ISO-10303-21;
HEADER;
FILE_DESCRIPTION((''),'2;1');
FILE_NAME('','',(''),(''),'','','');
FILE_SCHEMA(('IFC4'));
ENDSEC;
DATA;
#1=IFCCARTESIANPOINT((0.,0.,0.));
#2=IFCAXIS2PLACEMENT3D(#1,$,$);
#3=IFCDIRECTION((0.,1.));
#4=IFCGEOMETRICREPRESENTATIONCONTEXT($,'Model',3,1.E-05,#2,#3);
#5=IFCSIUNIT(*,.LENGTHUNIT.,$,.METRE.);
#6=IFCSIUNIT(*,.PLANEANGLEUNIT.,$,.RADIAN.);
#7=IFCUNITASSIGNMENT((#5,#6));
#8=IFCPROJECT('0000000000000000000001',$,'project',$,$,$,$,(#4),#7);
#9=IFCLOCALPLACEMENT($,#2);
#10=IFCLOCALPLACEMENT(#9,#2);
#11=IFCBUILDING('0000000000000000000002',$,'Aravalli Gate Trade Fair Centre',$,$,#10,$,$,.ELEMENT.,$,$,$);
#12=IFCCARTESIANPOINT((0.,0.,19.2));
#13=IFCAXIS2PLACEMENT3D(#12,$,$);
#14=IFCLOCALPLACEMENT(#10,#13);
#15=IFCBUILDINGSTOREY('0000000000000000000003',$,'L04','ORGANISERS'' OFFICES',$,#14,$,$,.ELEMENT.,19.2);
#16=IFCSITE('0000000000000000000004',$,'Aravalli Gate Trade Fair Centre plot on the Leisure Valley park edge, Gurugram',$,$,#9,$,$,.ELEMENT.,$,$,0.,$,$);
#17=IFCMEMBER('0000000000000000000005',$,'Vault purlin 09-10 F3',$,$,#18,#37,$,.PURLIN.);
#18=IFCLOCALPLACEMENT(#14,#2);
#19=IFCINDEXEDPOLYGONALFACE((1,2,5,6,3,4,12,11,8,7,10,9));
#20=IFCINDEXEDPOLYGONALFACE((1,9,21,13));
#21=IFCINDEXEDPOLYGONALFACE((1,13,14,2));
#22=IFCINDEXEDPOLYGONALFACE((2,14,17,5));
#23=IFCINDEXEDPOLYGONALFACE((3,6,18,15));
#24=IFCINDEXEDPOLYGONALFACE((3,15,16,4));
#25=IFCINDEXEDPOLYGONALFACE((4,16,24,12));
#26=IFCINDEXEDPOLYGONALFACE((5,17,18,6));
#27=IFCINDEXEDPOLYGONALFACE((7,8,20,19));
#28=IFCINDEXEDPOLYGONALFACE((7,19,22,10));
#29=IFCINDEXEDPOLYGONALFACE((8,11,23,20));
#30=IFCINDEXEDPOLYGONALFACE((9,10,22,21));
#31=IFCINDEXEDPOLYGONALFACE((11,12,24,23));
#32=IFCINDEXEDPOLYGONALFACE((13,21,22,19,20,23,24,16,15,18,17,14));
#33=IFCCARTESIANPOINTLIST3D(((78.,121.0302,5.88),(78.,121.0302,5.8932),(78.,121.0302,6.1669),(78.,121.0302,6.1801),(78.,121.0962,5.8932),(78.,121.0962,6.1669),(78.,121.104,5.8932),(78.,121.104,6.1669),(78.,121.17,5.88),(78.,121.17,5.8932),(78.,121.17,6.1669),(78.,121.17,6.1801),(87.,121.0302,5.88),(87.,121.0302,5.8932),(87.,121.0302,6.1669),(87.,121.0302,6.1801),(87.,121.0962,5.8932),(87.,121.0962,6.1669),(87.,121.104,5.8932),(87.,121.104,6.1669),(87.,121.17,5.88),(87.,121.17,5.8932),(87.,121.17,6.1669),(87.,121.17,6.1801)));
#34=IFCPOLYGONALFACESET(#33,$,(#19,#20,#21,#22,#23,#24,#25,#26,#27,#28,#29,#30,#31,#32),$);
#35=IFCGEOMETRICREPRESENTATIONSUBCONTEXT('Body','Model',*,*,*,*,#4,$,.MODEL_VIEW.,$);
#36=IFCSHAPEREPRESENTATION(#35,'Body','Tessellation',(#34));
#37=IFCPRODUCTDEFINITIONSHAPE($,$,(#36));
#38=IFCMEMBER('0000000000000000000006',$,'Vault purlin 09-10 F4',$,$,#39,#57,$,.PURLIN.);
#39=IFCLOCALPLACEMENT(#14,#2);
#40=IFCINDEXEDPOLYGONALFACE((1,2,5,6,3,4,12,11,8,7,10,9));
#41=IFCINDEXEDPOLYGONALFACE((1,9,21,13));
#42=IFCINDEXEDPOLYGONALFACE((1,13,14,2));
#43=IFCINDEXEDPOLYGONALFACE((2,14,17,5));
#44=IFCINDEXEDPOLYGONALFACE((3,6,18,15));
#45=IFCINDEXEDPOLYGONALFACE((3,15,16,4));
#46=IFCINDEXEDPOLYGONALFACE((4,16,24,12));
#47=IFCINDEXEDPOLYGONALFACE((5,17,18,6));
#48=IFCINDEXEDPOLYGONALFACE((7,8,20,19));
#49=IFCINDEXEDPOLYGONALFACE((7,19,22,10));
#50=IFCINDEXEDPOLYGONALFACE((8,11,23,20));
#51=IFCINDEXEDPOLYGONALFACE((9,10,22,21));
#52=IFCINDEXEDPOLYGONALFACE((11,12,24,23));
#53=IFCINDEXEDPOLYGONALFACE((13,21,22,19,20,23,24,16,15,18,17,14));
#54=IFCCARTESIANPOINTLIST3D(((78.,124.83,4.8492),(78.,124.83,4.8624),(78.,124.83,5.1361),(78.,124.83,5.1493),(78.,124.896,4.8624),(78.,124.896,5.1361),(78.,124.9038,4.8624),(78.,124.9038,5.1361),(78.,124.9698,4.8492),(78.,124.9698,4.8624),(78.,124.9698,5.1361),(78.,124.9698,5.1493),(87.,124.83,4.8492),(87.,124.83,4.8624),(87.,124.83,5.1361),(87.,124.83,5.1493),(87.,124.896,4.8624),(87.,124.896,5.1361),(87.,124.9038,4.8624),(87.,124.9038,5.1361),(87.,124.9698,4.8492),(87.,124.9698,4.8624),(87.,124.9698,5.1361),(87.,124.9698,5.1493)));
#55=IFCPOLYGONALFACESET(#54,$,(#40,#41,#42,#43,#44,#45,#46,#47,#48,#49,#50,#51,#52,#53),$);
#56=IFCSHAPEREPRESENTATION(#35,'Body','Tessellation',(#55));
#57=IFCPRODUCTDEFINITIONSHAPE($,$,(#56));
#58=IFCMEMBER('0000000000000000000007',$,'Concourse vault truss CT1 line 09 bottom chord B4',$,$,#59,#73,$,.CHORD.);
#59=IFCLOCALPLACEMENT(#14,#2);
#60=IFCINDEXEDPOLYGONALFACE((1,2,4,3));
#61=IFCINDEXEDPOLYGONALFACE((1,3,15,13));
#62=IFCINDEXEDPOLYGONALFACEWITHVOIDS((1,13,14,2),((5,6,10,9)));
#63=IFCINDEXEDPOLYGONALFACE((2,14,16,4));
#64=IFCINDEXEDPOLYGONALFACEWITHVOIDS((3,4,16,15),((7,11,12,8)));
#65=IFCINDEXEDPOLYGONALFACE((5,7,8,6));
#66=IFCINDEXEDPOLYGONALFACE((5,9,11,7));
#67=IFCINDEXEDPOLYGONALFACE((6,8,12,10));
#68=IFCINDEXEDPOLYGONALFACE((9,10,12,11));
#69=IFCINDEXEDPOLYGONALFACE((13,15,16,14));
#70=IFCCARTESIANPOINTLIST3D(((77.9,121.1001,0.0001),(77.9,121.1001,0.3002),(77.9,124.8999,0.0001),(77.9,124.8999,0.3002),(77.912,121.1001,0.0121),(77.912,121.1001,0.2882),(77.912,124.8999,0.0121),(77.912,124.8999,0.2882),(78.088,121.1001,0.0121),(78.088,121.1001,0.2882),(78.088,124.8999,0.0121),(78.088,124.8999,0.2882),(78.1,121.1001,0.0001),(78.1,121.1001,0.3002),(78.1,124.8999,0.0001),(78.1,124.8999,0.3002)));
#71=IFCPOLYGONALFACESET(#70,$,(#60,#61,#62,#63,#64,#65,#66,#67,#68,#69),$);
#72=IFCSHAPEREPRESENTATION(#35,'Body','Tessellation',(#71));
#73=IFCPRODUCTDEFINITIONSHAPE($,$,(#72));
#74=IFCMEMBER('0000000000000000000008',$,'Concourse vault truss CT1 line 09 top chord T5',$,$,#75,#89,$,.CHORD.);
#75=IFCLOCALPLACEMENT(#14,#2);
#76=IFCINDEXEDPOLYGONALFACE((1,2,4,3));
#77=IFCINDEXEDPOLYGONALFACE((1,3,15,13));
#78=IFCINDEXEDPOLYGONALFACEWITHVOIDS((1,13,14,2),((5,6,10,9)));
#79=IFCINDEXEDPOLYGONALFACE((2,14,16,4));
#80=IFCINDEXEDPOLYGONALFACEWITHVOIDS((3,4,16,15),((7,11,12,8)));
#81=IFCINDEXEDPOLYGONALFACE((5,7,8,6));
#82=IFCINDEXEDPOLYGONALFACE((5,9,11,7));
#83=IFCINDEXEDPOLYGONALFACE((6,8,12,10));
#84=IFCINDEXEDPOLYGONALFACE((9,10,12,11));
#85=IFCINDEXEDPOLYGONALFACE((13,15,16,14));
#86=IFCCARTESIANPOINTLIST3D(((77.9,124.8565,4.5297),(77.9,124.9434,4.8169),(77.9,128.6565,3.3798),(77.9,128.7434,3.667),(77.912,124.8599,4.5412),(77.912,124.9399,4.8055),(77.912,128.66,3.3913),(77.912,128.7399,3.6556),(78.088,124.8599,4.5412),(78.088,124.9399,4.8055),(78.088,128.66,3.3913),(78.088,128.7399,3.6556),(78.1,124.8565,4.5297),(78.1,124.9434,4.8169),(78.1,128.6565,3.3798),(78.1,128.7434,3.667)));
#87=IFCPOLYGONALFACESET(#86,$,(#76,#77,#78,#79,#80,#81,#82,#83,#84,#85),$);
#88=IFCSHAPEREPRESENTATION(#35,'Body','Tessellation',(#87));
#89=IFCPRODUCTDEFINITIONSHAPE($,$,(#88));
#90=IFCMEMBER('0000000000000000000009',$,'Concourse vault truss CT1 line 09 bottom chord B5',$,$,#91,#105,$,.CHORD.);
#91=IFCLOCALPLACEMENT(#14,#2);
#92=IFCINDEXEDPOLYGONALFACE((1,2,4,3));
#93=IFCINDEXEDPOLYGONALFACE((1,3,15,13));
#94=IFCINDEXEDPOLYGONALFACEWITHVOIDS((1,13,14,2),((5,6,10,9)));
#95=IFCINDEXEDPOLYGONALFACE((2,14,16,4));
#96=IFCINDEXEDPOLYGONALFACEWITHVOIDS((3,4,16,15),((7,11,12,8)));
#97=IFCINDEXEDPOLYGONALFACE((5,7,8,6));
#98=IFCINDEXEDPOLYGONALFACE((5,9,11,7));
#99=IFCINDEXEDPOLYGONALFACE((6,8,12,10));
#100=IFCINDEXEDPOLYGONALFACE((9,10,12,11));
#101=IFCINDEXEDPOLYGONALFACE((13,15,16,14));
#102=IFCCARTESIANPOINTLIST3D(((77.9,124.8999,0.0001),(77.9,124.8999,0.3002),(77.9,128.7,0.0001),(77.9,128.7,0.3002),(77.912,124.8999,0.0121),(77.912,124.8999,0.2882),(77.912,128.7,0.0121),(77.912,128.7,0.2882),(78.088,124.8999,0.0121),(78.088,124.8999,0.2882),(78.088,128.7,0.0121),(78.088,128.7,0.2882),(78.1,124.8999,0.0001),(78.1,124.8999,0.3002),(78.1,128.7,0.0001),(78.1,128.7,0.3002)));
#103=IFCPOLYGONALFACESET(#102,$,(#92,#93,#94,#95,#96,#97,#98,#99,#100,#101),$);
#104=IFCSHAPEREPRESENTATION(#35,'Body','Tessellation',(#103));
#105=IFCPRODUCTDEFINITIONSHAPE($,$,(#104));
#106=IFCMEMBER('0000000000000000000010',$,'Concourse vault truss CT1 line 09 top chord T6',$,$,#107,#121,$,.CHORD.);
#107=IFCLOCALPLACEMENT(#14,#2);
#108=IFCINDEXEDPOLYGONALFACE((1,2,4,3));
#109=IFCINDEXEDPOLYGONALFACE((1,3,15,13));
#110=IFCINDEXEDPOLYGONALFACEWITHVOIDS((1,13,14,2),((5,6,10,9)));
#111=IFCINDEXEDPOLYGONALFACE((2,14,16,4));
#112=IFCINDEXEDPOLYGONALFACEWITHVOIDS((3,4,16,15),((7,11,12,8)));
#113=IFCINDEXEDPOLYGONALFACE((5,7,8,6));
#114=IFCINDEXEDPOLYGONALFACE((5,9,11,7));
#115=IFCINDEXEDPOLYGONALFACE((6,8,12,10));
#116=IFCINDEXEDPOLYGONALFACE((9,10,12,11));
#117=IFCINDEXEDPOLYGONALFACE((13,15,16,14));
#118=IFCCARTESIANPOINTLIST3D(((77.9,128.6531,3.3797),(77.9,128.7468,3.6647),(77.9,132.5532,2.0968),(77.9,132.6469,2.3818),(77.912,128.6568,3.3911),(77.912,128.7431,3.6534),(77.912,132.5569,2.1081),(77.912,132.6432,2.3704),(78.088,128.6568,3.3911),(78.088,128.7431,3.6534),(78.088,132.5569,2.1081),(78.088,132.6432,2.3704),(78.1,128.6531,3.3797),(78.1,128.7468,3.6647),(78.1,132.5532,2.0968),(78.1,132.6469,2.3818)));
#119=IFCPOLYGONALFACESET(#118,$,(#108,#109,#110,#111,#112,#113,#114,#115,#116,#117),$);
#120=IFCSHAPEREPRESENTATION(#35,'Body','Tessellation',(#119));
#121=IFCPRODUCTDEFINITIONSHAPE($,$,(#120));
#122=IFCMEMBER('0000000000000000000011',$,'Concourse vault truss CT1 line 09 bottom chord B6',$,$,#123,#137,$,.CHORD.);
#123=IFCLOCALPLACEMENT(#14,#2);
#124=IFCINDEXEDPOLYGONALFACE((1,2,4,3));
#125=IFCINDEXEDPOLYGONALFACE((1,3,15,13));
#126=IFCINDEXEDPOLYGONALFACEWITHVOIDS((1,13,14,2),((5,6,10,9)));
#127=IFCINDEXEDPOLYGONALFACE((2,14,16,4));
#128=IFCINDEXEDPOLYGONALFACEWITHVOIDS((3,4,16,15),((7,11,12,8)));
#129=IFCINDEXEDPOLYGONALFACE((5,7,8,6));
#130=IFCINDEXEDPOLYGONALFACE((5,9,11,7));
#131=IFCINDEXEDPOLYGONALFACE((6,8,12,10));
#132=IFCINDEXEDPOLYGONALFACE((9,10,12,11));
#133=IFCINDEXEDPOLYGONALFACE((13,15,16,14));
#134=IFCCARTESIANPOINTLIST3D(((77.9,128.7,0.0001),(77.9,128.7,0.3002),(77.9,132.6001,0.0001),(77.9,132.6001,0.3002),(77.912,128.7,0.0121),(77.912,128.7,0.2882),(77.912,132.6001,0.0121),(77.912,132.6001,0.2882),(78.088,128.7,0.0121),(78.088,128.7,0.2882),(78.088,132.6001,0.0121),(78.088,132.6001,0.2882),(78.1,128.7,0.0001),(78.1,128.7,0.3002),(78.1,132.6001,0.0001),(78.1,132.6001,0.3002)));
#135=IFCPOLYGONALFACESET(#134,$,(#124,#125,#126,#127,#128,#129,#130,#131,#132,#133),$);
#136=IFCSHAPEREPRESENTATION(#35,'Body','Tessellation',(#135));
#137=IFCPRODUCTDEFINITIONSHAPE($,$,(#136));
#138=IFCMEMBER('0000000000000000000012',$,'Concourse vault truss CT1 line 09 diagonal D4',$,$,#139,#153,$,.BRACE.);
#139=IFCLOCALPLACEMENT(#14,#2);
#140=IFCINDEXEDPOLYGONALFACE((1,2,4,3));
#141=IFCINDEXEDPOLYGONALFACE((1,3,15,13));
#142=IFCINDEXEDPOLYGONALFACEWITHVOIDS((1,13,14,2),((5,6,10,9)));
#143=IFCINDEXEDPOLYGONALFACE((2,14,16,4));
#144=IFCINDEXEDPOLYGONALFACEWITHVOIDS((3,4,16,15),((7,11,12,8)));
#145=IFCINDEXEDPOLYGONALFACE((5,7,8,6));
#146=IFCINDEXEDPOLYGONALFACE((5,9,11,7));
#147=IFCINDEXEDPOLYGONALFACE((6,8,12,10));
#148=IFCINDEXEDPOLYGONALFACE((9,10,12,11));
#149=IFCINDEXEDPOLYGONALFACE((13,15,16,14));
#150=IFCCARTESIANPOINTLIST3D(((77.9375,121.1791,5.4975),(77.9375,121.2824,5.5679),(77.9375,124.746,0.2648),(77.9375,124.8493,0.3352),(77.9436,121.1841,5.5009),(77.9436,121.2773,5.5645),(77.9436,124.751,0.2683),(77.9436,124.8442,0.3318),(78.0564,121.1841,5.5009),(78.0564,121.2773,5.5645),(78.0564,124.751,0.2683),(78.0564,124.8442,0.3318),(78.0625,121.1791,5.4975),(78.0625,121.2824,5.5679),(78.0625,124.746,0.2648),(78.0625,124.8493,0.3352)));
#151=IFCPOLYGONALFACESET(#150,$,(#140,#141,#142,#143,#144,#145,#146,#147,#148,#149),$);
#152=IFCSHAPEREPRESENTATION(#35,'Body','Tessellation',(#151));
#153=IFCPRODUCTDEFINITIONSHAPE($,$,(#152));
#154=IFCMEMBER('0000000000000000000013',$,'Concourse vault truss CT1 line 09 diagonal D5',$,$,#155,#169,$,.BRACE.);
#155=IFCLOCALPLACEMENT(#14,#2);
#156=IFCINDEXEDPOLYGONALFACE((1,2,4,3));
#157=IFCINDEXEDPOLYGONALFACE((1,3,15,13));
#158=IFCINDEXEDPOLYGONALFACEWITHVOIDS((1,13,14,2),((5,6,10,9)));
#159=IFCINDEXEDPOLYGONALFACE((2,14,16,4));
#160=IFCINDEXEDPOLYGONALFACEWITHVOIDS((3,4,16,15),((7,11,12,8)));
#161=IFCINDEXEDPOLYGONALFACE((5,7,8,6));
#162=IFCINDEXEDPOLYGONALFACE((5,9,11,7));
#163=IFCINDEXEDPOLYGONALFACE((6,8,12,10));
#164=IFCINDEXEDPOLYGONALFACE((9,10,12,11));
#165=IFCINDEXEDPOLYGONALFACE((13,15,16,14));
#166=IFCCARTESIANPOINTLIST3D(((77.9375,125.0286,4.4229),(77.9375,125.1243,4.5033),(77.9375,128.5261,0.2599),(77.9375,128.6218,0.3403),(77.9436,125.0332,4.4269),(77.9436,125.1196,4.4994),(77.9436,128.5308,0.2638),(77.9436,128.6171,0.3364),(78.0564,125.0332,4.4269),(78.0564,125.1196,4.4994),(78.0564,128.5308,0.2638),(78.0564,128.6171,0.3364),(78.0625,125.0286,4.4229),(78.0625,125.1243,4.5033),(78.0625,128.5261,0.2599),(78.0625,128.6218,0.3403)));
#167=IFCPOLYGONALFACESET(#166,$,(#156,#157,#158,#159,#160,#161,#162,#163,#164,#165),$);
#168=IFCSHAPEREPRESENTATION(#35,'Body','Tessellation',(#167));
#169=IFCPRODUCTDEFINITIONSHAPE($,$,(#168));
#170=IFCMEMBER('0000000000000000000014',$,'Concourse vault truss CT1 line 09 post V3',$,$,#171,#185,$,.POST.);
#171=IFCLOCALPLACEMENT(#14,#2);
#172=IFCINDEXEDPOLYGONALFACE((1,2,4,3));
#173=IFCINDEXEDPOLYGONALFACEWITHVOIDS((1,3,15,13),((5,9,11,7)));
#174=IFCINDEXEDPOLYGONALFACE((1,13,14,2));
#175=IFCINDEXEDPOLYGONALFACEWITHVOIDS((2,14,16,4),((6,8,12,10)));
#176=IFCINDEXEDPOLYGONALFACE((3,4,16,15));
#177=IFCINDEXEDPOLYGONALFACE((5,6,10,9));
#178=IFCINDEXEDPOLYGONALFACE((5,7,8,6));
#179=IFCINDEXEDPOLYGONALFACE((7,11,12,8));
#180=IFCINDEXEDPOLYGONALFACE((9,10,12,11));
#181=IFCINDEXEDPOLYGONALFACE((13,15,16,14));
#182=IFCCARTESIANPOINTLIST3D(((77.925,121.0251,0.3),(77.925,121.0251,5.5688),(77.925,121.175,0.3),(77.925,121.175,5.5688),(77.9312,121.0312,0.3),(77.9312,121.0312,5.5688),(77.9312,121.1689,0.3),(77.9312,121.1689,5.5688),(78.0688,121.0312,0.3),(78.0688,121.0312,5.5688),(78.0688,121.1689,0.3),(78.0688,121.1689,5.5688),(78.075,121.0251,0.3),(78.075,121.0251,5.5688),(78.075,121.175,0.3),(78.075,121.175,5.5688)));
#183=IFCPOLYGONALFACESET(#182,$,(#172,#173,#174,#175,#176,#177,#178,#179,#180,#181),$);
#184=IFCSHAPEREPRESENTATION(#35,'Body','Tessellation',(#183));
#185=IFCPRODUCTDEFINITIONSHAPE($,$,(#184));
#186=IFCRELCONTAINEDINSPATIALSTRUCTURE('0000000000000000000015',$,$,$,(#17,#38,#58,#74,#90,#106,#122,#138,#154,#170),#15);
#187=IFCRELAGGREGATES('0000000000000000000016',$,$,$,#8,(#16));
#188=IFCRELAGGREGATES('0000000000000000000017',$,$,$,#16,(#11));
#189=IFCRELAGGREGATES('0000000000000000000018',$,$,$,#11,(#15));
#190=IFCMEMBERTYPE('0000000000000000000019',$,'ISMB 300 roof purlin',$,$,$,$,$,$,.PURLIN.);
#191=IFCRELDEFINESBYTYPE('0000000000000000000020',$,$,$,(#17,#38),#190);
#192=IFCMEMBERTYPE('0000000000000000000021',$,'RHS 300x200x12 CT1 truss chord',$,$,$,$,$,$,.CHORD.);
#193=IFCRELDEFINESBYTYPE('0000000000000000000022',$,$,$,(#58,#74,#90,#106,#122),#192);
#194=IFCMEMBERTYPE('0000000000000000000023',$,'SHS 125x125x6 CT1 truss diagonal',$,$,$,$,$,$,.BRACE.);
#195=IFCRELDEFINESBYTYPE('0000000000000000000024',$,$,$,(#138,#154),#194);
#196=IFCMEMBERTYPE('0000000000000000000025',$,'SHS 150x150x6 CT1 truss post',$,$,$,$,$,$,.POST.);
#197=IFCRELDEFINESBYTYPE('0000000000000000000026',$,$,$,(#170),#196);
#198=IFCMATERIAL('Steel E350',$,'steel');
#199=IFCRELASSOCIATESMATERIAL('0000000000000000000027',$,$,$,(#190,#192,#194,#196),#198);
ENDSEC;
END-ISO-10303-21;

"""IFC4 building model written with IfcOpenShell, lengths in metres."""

from ifc_helpers import new_model, si_unit, direction, frame, origin, origin_2d, place, context, subcontext, project, spatial, hollow_rectangle, i_section, extrude, material, material_profile, profile_set, type_object, element, save


model = new_model("IFC4")

# Units and contexts
model_context = context("Model", 3, precision=1e-05, world=origin(), true_north=direction((0.0, 1.0)))
body_context = subcontext(model_context, "Body", "Model", "MODEL_VIEW")
ifc_project = project(units=[si_unit("LENGTHUNIT", "METRE"), si_unit("PLANEANGLEUNIT", "RADIAN")], contexts=[model_context])

# Site, building, storey
site_placement = place(None, origin())
site = spatial("IfcSite", under=ifc_project, at=site_placement, Name="Aravalli Gate Trade Fair Centre plot on the Leisure Valley park edge, Gurugram", CompositionType="ELEMENT", RefElevation=0.0)
building_placement = place(site_placement, origin())
building = spatial("IfcBuilding", under=site, at=building_placement, Name="Aravalli Gate Trade Fair Centre", CompositionType="ELEMENT")
storey_placement = place(building_placement, frame((0.0, 0.0, 19.2)))
storey = spatial("IfcBuildingStorey", under=building, at=storey_placement, Name="L04", Description="ORGANISERS' OFFICES", CompositionType="ELEMENT", Elevation=19.2)

# Members
ifc_material_1 = material(Name="Steel E350", Category="steel")
ifc_material_profile_1 = material_profile(ifc_material_1, i_section(OverallWidth=0.1399, OverallDepth=0.3, WebThickness=0.0078, FlangeThickness=0.0132, at=origin_2d()), Name="ISMB 300")
ifc_profile_set_1 = profile_set([ifc_material_profile_1], Name="Steel E350")
member_type_1 = type_object("IfcMemberType", Name="ISMB 300 roof purlin", PredefinedType="PURLIN", material=ifc_profile_set_1)
for number, where, z_axis, x_axis, name in (
    (1, (78.0, 121.1001, 6.03), (1.0, 0.0, 0.0), (0.0, 1.0, 0.0), "Vault purlin 09-10 F3"),
    (2, (78.0, 124.8999, 4.9993), (1.0, 0.0, 0.0), (0.0, 1.0, 0.0), "Vault purlin 09-10 F4"),
):
    element("IfcMember", number, at=place(storey_placement, frame(where, z_axis=z_axis, x_axis=x_axis)), inside=storey, type_object=member_type_1, Name=name, PredefinedType="PURLIN", context=body_context, shape_type="SweptSolid", body=[
        extrude(i_section(OverallWidth=0.1399, OverallDepth=0.3, WebThickness=0.0078, FlangeThickness=0.0132, at=origin_2d()), origin(), (0.0, 0.0, 1.0), 9.0),
    ])
ifc_material_profile_2 = material_profile(ifc_material_1, hollow_rectangle(XDim=0.2, YDim=0.3, WallThickness=0.012, at=origin_2d()), Name="RHS 300x200x12")
ifc_profile_set_2 = profile_set([ifc_material_profile_2], Name="Steel E350")
member_type_2 = type_object("IfcMemberType", Name="RHS 300x200x12 CT1 truss chord", PredefinedType="CHORD", material=ifc_profile_set_2)
member_1_placement = place(storey_placement, frame((78.0, 121.1001, 0.1501), z_axis=(0.0, 1.0, 0.0), x_axis=(-1.0, 0.0, 0.0)))
element("IfcMember", 3, at=member_1_placement, inside=storey, type_object=member_type_2, Name="Concourse vault truss CT1 line 09 bottom chord B4", PredefinedType="CHORD", context=body_context, shape_type="SweptSolid", body=[
    extrude(hollow_rectangle(XDim=0.2, YDim=0.3, WallThickness=0.012, at=origin_2d()), origin(), (0.0, 0.0, 1.0), 3.7998),
])
member_2_placement = place(storey_placement, frame((78.0, 124.8999, 4.6733), z_axis=(0.0, 0.957138, -0.289632), x_axis=(-1.0, 0.0, 0.0)))
element("IfcMember", 4, at=member_2_placement, inside=storey, type_object=member_type_2, Name="Concourse vault truss CT1 line 09 top chord T5", PredefinedType="CHORD", context=body_context, shape_type="SweptSolid", body=[
    extrude(hollow_rectangle(XDim=0.2, YDim=0.3, WallThickness=0.012, at=origin_2d()), origin(), (0.0, 0.0, 1.0), 3.9702),
])
member_3_placement = place(storey_placement, frame((78.0, 124.8999, 0.1501), z_axis=(0.0, 1.0, 0.0), x_axis=(-1.0, 0.0, 0.0)))
element("IfcMember", 5, at=member_3_placement, inside=storey, type_object=member_type_2, Name="Concourse vault truss CT1 line 09 bottom chord B5", PredefinedType="CHORD", context=body_context, shape_type="SweptSolid", body=[
    extrude(hollow_rectangle(XDim=0.2, YDim=0.3, WallThickness=0.012, at=origin_2d()), origin(), (0.0, 0.0, 1.0), 3.8),
])
member_4_placement = place(storey_placement, frame((78.0, 128.7, 3.5222), z_axis=(0.0, 0.949925, -0.312479), x_axis=(-1.0, 0.0, 0.0)))
element("IfcMember", 6, at=member_4_placement, inside=storey, type_object=member_type_2, Name="Concourse vault truss CT1 line 09 top chord T6", PredefinedType="CHORD", context=body_context, shape_type="SweptSolid", body=[
    extrude(hollow_rectangle(XDim=0.2, YDim=0.3, WallThickness=0.012, at=origin_2d()), origin(), (0.0, 0.0, 1.0), 4.1057),
])
member_5_placement = place(storey_placement, frame((78.0, 128.7, 0.1501), z_axis=(0.0, 1.0, 0.0), x_axis=(-1.0, 0.0, 0.0)))
element("IfcMember", 7, at=member_5_placement, inside=storey, type_object=member_type_2, Name="Concourse vault truss CT1 line 09 bottom chord B6", PredefinedType="CHORD", context=body_context, shape_type="SweptSolid", body=[
    extrude(hollow_rectangle(XDim=0.2, YDim=0.3, WallThickness=0.012, at=origin_2d()), origin(), (0.0, 0.0, 1.0), 3.9001),
])
ifc_material_profile_3 = material_profile(ifc_material_1, hollow_rectangle(XDim=0.125, YDim=0.125, WallThickness=0.0061, at=origin_2d()), Name="SHS 125x125x6")
ifc_profile_set_3 = profile_set([ifc_material_profile_3], Name="Steel E350")
member_type_3 = type_object("IfcMemberType", Name="SHS 125x125x6 CT1 truss diagonal", PredefinedType="BRACE", material=ifc_profile_set_3)
member_6_placement = place(storey_placement, frame((78.0, 121.2307, 5.5327), z_axis=(0.0, 0.563247, -0.826289), x_axis=(-1.0, 0.0, 0.0)))
element("IfcMember", 8, at=member_6_placement, inside=storey, type_object=member_type_3, Name="Concourse vault truss CT1 line 09 diagonal D4", PredefinedType="BRACE", context=body_context, shape_type="SweptSolid", body=[
    extrude(hollow_rectangle(XDim=0.125, YDim=0.125, WallThickness=0.0061, at=origin_2d()), origin(), (0.0, 0.0, 1.0), 6.3328),
])
member_7_placement = place(storey_placement, frame((78.0, 125.0764, 4.4631), z_axis=(0.0, 0.643253, -0.765654), x_axis=(-1.0, 0.0, 0.0)))
element("IfcMember", 9, at=member_7_placement, inside=storey, type_object=member_type_3, Name="Concourse vault truss CT1 line 09 diagonal D5", PredefinedType="BRACE", context=body_context, shape_type="SweptSolid", body=[
    extrude(hollow_rectangle(XDim=0.125, YDim=0.125, WallThickness=0.0061, at=origin_2d()), origin(), (0.0, 0.0, 1.0), 5.4373),
])
ifc_material_profile_4 = material_profile(ifc_material_1, hollow_rectangle(XDim=0.1499, YDim=0.1499, WallThickness=0.0061, at=origin_2d()), Name="SHS 150x150x6")
ifc_profile_set_4 = profile_set([ifc_material_profile_4], Name="Steel E350")
member_type_4 = type_object("IfcMemberType", Name="SHS 150x150x6 CT1 truss post", PredefinedType="POST", material=ifc_profile_set_4)
member_8_placement = place(storey_placement, frame((78.0, 121.1001, 0.3), z_axis=(0.0, 0.0, 1.0), x_axis=(1.0, 0.0, 0.0)))
element("IfcMember", 10, at=member_8_placement, inside=storey, type_object=member_type_4, Name="Concourse vault truss CT1 line 09 post V3", PredefinedType="POST", context=body_context, shape_type="SweptSolid", body=[
    extrude(hollow_rectangle(XDim=0.1499, YDim=0.1499, WallThickness=0.0061, at=origin_2d()), origin(), (0.0, 0.0, 1.0), 5.2688),
])

save(model, "model.ifc")
